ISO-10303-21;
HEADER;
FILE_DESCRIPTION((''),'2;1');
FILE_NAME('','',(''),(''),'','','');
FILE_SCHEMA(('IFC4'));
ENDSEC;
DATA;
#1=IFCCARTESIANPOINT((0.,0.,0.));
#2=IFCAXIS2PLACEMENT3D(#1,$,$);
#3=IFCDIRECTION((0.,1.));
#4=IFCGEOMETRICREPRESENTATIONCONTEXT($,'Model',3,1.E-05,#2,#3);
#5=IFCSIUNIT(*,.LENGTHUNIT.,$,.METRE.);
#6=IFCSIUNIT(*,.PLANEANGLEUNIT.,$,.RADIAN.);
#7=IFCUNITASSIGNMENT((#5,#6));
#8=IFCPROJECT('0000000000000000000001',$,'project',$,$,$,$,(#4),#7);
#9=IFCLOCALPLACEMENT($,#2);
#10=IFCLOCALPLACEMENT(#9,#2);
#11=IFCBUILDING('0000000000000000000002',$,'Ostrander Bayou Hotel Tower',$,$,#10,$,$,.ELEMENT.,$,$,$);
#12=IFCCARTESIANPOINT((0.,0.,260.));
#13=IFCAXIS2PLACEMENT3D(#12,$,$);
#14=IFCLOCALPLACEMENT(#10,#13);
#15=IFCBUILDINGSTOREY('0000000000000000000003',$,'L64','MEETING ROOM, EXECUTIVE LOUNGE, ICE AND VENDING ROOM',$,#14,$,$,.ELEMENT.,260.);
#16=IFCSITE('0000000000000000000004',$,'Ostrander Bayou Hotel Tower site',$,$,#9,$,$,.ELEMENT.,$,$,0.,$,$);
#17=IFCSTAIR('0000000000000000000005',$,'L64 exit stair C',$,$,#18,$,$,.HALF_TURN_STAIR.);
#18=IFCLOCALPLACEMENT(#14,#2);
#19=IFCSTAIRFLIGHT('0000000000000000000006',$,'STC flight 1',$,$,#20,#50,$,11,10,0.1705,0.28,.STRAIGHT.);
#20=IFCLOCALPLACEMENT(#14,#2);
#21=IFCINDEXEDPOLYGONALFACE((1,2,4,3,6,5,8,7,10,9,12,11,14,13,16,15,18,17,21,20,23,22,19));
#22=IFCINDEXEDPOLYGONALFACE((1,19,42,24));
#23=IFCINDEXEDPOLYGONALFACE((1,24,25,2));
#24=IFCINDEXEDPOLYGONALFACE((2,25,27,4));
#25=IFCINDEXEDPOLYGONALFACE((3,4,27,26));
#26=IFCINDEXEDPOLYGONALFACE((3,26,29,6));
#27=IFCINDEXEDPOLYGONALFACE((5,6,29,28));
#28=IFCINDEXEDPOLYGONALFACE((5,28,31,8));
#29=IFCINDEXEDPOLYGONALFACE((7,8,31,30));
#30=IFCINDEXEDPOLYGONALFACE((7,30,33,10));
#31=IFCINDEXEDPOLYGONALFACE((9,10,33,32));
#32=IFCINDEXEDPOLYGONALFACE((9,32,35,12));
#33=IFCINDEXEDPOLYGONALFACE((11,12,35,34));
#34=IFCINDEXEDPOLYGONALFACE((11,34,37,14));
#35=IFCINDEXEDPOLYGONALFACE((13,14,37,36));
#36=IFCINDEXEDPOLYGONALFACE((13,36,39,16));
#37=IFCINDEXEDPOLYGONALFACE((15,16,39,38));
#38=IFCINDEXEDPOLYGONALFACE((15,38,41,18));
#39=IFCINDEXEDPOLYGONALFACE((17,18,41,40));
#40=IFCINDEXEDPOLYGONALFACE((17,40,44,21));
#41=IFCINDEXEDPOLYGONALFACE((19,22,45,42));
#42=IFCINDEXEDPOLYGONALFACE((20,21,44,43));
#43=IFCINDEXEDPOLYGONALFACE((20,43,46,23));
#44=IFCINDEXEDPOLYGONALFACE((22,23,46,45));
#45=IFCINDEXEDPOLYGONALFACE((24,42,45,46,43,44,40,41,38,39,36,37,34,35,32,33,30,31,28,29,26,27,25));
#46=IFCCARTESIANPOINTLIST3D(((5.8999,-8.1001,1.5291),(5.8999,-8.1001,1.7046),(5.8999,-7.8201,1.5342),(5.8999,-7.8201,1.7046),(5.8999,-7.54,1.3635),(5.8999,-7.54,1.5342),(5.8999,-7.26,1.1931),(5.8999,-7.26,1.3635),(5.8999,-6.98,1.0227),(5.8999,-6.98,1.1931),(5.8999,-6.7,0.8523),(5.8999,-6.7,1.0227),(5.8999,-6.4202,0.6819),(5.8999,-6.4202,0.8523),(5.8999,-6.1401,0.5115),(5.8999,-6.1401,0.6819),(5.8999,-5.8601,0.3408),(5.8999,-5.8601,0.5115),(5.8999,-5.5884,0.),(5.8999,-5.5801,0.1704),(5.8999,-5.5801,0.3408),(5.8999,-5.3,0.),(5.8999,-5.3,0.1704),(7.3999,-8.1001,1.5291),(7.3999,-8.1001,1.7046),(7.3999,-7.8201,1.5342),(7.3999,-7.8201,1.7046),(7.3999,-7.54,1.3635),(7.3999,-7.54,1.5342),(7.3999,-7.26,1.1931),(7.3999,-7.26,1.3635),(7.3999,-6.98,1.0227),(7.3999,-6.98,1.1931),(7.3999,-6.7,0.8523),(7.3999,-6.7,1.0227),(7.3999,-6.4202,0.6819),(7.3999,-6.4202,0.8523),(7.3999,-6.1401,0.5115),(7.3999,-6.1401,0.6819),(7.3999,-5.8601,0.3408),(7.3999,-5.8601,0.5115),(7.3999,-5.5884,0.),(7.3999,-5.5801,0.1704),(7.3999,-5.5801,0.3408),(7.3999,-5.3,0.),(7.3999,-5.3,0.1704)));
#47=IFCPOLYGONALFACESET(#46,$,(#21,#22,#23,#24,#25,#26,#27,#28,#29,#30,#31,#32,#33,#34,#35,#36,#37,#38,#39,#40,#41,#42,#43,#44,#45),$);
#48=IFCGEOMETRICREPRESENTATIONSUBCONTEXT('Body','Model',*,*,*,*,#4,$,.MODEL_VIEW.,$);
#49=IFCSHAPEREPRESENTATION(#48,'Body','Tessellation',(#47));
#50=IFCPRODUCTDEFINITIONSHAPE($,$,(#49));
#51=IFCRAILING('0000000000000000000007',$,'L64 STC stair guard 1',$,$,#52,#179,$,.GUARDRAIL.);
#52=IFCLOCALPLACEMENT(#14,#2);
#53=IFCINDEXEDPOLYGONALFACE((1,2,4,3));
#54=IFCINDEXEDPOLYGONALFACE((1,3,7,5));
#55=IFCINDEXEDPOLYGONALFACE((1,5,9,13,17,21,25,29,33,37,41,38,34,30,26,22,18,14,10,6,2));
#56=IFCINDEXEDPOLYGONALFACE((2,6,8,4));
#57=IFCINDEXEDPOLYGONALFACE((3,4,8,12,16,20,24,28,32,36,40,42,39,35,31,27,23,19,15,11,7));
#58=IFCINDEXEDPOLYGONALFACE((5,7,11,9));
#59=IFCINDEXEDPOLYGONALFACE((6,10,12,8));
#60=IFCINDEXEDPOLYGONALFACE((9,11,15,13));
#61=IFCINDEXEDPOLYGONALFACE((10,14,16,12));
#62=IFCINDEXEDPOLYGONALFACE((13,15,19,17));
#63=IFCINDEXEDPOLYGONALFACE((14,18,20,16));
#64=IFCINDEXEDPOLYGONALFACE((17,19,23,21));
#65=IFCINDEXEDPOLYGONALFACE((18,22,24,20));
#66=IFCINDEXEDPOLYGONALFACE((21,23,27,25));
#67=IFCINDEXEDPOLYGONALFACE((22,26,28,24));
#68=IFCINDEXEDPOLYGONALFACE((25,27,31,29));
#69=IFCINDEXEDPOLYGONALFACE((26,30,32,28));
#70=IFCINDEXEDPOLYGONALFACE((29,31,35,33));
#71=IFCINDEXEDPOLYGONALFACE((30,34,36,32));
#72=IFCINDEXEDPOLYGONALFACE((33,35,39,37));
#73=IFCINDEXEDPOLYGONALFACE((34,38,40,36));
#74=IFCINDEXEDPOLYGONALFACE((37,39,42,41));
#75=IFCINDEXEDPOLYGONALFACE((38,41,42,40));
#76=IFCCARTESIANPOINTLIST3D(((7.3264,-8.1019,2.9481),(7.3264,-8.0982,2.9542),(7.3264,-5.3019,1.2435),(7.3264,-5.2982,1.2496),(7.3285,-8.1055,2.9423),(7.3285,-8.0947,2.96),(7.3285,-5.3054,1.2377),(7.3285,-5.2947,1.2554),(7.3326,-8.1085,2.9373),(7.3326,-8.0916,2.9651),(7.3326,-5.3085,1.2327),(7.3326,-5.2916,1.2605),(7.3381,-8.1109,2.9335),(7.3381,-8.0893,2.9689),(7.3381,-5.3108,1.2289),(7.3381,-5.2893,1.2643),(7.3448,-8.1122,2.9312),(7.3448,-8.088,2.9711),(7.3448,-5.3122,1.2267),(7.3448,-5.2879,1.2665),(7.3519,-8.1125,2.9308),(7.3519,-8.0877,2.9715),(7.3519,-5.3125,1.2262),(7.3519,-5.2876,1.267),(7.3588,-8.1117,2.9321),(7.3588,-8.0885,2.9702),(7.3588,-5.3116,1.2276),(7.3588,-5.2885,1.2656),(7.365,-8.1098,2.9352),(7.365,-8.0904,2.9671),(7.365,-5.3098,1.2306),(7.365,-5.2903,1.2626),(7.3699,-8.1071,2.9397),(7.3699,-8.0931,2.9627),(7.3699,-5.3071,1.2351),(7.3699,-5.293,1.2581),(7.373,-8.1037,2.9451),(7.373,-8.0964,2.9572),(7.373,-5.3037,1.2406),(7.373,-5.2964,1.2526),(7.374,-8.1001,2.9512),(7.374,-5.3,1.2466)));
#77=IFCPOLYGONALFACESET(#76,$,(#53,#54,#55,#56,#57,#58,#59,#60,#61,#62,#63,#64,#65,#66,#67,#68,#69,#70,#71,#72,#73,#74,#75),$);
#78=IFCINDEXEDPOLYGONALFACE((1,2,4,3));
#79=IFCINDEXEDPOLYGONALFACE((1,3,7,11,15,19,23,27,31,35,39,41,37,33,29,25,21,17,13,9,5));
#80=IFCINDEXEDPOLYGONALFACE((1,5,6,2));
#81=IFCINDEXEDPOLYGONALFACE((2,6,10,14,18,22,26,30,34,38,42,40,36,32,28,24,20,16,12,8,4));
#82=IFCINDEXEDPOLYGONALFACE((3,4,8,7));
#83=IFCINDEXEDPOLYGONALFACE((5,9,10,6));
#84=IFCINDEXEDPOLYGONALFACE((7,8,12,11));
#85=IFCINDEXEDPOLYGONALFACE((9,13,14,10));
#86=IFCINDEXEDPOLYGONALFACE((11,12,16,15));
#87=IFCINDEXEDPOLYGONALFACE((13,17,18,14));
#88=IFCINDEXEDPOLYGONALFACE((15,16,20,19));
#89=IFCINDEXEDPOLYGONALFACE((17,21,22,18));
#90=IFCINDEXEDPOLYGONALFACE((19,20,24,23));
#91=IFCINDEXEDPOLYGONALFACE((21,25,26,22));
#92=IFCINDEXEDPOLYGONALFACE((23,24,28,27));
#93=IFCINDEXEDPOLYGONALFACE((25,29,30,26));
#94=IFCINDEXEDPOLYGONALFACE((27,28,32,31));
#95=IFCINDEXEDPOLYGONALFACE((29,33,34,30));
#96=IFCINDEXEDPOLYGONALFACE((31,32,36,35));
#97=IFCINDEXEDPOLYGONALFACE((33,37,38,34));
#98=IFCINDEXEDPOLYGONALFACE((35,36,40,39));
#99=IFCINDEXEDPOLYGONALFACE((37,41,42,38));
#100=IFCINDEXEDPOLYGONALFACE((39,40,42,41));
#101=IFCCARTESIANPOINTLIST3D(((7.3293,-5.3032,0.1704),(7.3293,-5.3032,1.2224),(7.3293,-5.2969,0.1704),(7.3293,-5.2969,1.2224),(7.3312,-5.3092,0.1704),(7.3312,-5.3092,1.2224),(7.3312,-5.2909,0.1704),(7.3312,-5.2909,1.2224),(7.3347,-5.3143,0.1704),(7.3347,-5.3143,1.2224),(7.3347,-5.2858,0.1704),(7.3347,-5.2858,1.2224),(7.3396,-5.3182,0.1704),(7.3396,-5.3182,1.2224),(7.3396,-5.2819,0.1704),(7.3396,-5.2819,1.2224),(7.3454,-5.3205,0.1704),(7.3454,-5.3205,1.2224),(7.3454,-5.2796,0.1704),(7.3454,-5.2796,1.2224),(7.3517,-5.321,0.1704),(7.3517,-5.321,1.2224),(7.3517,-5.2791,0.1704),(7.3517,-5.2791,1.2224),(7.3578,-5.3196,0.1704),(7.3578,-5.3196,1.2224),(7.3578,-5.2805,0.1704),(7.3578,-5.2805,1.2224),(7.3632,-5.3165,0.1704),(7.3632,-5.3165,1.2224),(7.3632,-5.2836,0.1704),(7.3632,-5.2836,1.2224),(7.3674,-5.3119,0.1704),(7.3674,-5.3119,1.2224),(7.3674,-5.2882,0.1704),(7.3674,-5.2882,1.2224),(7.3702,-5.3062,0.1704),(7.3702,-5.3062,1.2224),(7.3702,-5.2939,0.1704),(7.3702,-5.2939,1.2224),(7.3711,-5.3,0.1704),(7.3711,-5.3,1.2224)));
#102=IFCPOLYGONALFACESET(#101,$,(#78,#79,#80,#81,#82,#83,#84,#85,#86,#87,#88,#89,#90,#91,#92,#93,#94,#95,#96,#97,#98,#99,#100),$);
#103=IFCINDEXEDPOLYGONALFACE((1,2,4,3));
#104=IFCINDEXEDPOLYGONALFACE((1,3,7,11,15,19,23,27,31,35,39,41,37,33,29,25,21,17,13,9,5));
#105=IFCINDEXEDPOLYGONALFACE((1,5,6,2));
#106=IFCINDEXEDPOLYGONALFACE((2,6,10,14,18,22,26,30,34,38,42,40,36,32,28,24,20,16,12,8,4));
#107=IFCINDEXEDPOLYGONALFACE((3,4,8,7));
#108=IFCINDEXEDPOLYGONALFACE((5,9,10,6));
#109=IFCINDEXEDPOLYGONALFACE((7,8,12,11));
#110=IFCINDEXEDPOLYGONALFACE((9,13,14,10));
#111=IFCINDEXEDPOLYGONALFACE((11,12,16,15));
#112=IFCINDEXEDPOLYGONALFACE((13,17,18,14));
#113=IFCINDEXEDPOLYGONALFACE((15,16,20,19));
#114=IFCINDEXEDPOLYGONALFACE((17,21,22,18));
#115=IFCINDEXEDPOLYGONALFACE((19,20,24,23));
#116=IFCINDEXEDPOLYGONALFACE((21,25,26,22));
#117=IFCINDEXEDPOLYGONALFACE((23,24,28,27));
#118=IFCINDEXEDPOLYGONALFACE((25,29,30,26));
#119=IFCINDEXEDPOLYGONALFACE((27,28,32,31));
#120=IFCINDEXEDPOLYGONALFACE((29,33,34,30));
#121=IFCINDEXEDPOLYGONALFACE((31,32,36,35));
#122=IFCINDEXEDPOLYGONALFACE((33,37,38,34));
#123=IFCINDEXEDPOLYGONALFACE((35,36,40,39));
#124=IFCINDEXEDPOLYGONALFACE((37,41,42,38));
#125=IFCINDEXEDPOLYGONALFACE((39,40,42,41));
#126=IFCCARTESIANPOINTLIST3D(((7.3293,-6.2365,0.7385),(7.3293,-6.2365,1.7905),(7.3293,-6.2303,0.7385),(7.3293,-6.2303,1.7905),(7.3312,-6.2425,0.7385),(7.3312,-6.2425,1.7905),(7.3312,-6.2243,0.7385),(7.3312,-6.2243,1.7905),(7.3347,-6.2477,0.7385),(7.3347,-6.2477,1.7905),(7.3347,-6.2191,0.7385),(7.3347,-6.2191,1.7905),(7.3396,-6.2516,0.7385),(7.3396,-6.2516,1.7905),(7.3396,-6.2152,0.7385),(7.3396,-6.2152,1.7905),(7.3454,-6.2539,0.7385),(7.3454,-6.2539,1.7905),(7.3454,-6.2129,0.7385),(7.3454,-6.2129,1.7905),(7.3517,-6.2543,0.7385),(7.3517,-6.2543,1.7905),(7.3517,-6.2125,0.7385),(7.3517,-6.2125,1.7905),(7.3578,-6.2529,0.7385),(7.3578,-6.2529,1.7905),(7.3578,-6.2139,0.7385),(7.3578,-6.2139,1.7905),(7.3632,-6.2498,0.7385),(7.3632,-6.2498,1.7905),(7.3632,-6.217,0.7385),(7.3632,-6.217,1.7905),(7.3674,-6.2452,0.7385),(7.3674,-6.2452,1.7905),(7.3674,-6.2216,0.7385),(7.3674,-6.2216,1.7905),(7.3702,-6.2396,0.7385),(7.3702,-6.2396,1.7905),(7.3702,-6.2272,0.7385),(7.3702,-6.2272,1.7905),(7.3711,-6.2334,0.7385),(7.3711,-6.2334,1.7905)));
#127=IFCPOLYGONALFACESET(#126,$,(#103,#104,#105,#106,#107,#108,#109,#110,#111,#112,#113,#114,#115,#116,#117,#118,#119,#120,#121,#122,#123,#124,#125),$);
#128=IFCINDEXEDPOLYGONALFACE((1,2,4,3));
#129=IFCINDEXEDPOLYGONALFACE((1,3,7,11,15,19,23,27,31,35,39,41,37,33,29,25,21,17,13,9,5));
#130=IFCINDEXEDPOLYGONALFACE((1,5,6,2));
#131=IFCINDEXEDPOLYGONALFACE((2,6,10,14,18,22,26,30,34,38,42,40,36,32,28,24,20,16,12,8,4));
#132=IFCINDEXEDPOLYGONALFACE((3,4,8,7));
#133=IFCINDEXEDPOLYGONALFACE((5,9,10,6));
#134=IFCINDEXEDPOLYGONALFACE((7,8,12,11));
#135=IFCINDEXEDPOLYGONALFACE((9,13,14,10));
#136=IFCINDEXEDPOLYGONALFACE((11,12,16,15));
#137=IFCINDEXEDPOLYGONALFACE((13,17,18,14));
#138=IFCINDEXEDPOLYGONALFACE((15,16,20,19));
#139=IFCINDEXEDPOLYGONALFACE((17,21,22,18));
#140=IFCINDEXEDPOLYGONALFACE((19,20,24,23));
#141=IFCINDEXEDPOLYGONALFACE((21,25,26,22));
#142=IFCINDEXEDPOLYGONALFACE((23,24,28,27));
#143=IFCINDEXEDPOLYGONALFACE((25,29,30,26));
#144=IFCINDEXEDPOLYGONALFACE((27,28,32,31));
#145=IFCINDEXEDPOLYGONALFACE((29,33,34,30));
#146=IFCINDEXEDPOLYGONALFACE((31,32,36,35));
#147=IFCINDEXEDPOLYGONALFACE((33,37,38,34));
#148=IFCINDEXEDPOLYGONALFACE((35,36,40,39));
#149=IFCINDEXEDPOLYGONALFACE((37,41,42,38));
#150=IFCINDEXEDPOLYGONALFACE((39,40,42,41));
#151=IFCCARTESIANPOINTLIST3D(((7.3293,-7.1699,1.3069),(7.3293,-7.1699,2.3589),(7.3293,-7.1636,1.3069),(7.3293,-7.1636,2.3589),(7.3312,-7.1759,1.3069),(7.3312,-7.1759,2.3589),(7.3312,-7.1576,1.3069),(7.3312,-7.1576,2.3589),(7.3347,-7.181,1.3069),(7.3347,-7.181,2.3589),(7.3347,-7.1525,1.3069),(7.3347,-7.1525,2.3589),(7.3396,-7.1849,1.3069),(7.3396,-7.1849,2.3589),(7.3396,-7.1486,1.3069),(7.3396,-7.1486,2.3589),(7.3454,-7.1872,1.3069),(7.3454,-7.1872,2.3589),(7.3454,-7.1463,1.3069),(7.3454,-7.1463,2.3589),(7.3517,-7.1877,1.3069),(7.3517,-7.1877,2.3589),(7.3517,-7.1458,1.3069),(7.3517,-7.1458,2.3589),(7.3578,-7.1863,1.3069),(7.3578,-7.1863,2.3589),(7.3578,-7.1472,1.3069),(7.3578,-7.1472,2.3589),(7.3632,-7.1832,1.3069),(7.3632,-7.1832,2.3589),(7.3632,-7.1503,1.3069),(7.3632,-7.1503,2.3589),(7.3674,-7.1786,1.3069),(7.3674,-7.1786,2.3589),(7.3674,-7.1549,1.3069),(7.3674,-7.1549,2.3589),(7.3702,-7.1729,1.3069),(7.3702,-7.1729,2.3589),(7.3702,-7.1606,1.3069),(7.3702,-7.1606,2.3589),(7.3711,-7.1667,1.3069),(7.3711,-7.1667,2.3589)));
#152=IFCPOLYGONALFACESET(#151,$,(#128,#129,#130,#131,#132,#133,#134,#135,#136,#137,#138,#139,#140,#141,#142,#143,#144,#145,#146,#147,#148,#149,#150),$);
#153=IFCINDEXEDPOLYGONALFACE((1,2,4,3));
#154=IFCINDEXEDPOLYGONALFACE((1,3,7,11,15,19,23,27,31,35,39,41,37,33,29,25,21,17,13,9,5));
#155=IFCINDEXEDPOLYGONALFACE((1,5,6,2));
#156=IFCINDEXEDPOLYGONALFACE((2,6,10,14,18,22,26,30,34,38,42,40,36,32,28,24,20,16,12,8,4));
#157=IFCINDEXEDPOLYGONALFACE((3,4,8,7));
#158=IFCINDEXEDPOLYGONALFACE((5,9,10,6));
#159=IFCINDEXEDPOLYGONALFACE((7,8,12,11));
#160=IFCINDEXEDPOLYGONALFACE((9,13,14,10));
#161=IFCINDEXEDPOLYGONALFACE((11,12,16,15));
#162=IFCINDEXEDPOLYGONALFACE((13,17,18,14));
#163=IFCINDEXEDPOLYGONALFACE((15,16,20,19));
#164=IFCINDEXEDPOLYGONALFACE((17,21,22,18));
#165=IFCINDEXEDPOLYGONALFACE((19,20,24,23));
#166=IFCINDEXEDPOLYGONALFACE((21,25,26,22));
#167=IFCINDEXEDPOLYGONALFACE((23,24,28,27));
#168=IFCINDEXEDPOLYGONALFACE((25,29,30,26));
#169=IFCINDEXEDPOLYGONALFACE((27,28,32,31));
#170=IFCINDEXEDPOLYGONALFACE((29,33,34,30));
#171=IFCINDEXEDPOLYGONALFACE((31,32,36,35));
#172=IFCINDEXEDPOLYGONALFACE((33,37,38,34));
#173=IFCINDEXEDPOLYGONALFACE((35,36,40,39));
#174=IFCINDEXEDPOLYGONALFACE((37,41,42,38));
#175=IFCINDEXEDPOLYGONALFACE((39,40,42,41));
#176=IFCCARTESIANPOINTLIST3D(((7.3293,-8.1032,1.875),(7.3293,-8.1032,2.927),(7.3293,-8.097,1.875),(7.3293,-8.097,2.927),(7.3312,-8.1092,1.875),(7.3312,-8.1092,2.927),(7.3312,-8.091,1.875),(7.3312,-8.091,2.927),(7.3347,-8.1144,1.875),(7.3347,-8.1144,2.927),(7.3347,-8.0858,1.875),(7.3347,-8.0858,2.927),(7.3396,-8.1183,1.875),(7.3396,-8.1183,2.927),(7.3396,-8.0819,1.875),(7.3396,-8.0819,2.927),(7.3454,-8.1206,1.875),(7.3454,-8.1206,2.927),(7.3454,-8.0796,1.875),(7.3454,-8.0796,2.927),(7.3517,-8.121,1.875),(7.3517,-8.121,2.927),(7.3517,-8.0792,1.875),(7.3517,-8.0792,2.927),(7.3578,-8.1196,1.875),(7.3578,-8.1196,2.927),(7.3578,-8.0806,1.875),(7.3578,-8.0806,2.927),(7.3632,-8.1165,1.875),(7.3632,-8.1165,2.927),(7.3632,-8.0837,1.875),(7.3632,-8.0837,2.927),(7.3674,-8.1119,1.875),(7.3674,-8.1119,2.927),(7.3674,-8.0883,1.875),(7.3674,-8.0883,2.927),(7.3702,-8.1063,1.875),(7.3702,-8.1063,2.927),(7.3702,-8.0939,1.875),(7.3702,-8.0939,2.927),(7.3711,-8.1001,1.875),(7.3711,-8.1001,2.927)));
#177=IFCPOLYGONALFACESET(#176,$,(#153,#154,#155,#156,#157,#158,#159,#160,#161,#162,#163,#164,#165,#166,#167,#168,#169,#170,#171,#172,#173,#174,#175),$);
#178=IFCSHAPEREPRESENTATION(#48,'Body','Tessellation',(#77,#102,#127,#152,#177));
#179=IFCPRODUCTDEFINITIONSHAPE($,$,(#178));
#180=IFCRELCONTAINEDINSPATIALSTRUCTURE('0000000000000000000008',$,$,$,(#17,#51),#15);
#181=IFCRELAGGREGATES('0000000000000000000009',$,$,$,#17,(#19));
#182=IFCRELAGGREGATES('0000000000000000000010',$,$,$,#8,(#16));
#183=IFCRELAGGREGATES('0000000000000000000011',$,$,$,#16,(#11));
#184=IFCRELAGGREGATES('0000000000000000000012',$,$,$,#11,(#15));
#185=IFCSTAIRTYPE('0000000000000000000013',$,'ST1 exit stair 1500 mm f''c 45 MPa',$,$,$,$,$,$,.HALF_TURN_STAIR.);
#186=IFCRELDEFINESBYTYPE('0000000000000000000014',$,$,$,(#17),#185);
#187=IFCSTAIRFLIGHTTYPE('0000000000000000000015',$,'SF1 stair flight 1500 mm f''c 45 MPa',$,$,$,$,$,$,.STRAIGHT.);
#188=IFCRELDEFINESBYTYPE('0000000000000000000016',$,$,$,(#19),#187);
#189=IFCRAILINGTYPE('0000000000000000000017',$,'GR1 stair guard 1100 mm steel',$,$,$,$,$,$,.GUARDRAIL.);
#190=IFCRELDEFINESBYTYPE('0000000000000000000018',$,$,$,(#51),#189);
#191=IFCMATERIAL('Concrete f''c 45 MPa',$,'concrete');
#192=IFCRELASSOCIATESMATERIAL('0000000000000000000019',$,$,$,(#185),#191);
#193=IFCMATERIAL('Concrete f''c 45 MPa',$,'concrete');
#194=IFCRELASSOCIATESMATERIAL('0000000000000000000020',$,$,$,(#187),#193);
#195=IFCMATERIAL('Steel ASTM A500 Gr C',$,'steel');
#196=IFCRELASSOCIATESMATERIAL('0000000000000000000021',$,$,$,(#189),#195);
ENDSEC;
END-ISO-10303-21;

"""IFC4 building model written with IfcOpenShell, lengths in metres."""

from ifc_helpers import new_model, si_unit, direction, frame, origin, origin_2d, place, context, subcontext, project, spatial, polyline, circle, outline, extrude, material, type_object, element, aggregate, save


model = new_model("IFC4")

# Units and contexts
model_context = context("Model", 3, precision=1e-05, world=origin(), true_north=direction((0.0, 1.0)))
body_context = subcontext(model_context, "Body", "Model", "MODEL_VIEW")
ifc_project = project(units=[si_unit("LENGTHUNIT", "METRE"), si_unit("PLANEANGLEUNIT", "RADIAN")], contexts=[model_context])

# Site, building, storey
site_placement = place(None, origin())
site = spatial("IfcSite", under=ifc_project, at=site_placement, Name="Ostrander Bayou Hotel Tower site", CompositionType="ELEMENT", RefElevation=0.0)
building_placement = place(site_placement, origin())
building = spatial("IfcBuilding", under=site, at=building_placement, Name="Ostrander Bayou Hotel Tower", CompositionType="ELEMENT")
storey_placement = place(building_placement, frame((0.0, 0.0, 260.0)))
storey = spatial("IfcBuildingStorey", under=building, at=storey_placement, Name="L64", Description="MEETING ROOM, EXECUTIVE LOUNGE, ICE AND VENDING ROOM", CompositionType="ELEMENT", Elevation=260.0)

# Stair, stair flight
ifc_material_1 = material(Name="Concrete f'c 45 MPa", Category="concrete")
stair_type = type_object("IfcStairType", Name="ST1 exit stair 1500 mm f'c 45 MPa", PredefinedType="HALF_TURN_STAIR", material=ifc_material_1)
stair_placement = place(storey_placement, origin())
stair = element("IfcStair", 1, at=stair_placement, inside=storey, type_object=stair_type, Name="L64 exit stair C", PredefinedType="HALF_TURN_STAIR")
ifc_material_2 = material(Name="Concrete f'c 45 MPa", Category="concrete")
stair_flight_type = type_object("IfcStairFlightType", Name="SF1 stair flight 1500 mm f'c 45 MPa", PredefinedType="STRAIGHT", material=ifc_material_2)
stair_flight_placement = place(storey_placement, frame((6.6499, -5.3, 0.0), z_axis=(0.0, 0.0, 1.0), x_axis=(0.0, -1.0, 0.0)))
stair_flight = element("IfcStairFlight", 2, at=stair_flight_placement, type_object=stair_flight_type, Name="STC flight 1", NumberOfRisers=11, NumberOfTreads=10, PredefinedType="STRAIGHT", RiserHeight=0.1705, TreadLength=0.28, context=body_context, shape_type="SweptSolid", body=[
    extrude(outline(polyline([(0.0, 0.0), (0.0, 0.1704), (0.28, 0.1704), (0.28, 0.3408), (0.5601, 0.3408), (0.5601, 0.5115), (0.8401, 0.5115), (0.8401, 0.6819), (1.1201, 0.6819), (1.1201, 0.8523), (1.3999, 0.8523), (1.3999, 1.0227), (1.6799, 1.0227), (1.6799, 1.1931), (1.96, 1.1931), (1.96, 1.3635), (2.24, 1.3635), (2.24, 1.5342), (2.52, 1.5342), (2.52, 1.7046), (2.8, 1.7046), (2.8, 1.875), (2.8, 1.5291), (0.2883, 0.0), (0.0, 0.0)])), frame((0.0, 0.75, 0.0), z_axis=(0.0, -1.0, 0.0), x_axis=(1.0, 0.0, 0.0)), (0.0, 0.0, 1.0), 1.5),
])
aggregate(stair, [stair_flight])

# Railing
ifc_material_3 = material(Name="Steel ASTM A500 Gr C", Category="steel")
railing_type_1 = type_object("IfcRailingType", Name="GR1 stair guard 1100 mm steel", PredefinedType="GUARDRAIL", material=ifc_material_3)
railing_1_placement = place(storey_placement, frame((7.3501, -5.3, 0.1704)))
element("IfcRailing", 3, at=railing_1_placement, inside=storey, type_object=railing_type_1, Name="L64 STC stair guard 1", PredefinedType="GUARDRAIL", context=body_context, shape_type="SweptSolid", body=[
    extrude(circle(Radius=0.0239, at=origin_2d()), frame((0.0, 0.0, 1.0762), z_axis=(0.0, -0.85417, 0.519994), x_axis=(1.0, 0.0, 0.0)), (0.0, 0.0, 1.0), 3.2781),
    extrude(circle(Radius=0.021, at=origin_2d()), origin(), (0.0, 0.0, 1.0), 1.052),
    extrude(circle(Radius=0.021, at=origin_2d()), frame((0.0, -0.9333, 0.5681)), (0.0, 0.0, 1.0), 1.052),
    extrude(circle(Radius=0.021, at=origin_2d()), frame((0.0, -1.8667, 1.1365)), (0.0, 0.0, 1.0), 1.052),
    extrude(circle(Radius=0.021, at=origin_2d()), frame((0.0, -2.8, 1.7046)), (0.0, 0.0, 1.0), 1.052),
])

save(model, "model.ifc")
